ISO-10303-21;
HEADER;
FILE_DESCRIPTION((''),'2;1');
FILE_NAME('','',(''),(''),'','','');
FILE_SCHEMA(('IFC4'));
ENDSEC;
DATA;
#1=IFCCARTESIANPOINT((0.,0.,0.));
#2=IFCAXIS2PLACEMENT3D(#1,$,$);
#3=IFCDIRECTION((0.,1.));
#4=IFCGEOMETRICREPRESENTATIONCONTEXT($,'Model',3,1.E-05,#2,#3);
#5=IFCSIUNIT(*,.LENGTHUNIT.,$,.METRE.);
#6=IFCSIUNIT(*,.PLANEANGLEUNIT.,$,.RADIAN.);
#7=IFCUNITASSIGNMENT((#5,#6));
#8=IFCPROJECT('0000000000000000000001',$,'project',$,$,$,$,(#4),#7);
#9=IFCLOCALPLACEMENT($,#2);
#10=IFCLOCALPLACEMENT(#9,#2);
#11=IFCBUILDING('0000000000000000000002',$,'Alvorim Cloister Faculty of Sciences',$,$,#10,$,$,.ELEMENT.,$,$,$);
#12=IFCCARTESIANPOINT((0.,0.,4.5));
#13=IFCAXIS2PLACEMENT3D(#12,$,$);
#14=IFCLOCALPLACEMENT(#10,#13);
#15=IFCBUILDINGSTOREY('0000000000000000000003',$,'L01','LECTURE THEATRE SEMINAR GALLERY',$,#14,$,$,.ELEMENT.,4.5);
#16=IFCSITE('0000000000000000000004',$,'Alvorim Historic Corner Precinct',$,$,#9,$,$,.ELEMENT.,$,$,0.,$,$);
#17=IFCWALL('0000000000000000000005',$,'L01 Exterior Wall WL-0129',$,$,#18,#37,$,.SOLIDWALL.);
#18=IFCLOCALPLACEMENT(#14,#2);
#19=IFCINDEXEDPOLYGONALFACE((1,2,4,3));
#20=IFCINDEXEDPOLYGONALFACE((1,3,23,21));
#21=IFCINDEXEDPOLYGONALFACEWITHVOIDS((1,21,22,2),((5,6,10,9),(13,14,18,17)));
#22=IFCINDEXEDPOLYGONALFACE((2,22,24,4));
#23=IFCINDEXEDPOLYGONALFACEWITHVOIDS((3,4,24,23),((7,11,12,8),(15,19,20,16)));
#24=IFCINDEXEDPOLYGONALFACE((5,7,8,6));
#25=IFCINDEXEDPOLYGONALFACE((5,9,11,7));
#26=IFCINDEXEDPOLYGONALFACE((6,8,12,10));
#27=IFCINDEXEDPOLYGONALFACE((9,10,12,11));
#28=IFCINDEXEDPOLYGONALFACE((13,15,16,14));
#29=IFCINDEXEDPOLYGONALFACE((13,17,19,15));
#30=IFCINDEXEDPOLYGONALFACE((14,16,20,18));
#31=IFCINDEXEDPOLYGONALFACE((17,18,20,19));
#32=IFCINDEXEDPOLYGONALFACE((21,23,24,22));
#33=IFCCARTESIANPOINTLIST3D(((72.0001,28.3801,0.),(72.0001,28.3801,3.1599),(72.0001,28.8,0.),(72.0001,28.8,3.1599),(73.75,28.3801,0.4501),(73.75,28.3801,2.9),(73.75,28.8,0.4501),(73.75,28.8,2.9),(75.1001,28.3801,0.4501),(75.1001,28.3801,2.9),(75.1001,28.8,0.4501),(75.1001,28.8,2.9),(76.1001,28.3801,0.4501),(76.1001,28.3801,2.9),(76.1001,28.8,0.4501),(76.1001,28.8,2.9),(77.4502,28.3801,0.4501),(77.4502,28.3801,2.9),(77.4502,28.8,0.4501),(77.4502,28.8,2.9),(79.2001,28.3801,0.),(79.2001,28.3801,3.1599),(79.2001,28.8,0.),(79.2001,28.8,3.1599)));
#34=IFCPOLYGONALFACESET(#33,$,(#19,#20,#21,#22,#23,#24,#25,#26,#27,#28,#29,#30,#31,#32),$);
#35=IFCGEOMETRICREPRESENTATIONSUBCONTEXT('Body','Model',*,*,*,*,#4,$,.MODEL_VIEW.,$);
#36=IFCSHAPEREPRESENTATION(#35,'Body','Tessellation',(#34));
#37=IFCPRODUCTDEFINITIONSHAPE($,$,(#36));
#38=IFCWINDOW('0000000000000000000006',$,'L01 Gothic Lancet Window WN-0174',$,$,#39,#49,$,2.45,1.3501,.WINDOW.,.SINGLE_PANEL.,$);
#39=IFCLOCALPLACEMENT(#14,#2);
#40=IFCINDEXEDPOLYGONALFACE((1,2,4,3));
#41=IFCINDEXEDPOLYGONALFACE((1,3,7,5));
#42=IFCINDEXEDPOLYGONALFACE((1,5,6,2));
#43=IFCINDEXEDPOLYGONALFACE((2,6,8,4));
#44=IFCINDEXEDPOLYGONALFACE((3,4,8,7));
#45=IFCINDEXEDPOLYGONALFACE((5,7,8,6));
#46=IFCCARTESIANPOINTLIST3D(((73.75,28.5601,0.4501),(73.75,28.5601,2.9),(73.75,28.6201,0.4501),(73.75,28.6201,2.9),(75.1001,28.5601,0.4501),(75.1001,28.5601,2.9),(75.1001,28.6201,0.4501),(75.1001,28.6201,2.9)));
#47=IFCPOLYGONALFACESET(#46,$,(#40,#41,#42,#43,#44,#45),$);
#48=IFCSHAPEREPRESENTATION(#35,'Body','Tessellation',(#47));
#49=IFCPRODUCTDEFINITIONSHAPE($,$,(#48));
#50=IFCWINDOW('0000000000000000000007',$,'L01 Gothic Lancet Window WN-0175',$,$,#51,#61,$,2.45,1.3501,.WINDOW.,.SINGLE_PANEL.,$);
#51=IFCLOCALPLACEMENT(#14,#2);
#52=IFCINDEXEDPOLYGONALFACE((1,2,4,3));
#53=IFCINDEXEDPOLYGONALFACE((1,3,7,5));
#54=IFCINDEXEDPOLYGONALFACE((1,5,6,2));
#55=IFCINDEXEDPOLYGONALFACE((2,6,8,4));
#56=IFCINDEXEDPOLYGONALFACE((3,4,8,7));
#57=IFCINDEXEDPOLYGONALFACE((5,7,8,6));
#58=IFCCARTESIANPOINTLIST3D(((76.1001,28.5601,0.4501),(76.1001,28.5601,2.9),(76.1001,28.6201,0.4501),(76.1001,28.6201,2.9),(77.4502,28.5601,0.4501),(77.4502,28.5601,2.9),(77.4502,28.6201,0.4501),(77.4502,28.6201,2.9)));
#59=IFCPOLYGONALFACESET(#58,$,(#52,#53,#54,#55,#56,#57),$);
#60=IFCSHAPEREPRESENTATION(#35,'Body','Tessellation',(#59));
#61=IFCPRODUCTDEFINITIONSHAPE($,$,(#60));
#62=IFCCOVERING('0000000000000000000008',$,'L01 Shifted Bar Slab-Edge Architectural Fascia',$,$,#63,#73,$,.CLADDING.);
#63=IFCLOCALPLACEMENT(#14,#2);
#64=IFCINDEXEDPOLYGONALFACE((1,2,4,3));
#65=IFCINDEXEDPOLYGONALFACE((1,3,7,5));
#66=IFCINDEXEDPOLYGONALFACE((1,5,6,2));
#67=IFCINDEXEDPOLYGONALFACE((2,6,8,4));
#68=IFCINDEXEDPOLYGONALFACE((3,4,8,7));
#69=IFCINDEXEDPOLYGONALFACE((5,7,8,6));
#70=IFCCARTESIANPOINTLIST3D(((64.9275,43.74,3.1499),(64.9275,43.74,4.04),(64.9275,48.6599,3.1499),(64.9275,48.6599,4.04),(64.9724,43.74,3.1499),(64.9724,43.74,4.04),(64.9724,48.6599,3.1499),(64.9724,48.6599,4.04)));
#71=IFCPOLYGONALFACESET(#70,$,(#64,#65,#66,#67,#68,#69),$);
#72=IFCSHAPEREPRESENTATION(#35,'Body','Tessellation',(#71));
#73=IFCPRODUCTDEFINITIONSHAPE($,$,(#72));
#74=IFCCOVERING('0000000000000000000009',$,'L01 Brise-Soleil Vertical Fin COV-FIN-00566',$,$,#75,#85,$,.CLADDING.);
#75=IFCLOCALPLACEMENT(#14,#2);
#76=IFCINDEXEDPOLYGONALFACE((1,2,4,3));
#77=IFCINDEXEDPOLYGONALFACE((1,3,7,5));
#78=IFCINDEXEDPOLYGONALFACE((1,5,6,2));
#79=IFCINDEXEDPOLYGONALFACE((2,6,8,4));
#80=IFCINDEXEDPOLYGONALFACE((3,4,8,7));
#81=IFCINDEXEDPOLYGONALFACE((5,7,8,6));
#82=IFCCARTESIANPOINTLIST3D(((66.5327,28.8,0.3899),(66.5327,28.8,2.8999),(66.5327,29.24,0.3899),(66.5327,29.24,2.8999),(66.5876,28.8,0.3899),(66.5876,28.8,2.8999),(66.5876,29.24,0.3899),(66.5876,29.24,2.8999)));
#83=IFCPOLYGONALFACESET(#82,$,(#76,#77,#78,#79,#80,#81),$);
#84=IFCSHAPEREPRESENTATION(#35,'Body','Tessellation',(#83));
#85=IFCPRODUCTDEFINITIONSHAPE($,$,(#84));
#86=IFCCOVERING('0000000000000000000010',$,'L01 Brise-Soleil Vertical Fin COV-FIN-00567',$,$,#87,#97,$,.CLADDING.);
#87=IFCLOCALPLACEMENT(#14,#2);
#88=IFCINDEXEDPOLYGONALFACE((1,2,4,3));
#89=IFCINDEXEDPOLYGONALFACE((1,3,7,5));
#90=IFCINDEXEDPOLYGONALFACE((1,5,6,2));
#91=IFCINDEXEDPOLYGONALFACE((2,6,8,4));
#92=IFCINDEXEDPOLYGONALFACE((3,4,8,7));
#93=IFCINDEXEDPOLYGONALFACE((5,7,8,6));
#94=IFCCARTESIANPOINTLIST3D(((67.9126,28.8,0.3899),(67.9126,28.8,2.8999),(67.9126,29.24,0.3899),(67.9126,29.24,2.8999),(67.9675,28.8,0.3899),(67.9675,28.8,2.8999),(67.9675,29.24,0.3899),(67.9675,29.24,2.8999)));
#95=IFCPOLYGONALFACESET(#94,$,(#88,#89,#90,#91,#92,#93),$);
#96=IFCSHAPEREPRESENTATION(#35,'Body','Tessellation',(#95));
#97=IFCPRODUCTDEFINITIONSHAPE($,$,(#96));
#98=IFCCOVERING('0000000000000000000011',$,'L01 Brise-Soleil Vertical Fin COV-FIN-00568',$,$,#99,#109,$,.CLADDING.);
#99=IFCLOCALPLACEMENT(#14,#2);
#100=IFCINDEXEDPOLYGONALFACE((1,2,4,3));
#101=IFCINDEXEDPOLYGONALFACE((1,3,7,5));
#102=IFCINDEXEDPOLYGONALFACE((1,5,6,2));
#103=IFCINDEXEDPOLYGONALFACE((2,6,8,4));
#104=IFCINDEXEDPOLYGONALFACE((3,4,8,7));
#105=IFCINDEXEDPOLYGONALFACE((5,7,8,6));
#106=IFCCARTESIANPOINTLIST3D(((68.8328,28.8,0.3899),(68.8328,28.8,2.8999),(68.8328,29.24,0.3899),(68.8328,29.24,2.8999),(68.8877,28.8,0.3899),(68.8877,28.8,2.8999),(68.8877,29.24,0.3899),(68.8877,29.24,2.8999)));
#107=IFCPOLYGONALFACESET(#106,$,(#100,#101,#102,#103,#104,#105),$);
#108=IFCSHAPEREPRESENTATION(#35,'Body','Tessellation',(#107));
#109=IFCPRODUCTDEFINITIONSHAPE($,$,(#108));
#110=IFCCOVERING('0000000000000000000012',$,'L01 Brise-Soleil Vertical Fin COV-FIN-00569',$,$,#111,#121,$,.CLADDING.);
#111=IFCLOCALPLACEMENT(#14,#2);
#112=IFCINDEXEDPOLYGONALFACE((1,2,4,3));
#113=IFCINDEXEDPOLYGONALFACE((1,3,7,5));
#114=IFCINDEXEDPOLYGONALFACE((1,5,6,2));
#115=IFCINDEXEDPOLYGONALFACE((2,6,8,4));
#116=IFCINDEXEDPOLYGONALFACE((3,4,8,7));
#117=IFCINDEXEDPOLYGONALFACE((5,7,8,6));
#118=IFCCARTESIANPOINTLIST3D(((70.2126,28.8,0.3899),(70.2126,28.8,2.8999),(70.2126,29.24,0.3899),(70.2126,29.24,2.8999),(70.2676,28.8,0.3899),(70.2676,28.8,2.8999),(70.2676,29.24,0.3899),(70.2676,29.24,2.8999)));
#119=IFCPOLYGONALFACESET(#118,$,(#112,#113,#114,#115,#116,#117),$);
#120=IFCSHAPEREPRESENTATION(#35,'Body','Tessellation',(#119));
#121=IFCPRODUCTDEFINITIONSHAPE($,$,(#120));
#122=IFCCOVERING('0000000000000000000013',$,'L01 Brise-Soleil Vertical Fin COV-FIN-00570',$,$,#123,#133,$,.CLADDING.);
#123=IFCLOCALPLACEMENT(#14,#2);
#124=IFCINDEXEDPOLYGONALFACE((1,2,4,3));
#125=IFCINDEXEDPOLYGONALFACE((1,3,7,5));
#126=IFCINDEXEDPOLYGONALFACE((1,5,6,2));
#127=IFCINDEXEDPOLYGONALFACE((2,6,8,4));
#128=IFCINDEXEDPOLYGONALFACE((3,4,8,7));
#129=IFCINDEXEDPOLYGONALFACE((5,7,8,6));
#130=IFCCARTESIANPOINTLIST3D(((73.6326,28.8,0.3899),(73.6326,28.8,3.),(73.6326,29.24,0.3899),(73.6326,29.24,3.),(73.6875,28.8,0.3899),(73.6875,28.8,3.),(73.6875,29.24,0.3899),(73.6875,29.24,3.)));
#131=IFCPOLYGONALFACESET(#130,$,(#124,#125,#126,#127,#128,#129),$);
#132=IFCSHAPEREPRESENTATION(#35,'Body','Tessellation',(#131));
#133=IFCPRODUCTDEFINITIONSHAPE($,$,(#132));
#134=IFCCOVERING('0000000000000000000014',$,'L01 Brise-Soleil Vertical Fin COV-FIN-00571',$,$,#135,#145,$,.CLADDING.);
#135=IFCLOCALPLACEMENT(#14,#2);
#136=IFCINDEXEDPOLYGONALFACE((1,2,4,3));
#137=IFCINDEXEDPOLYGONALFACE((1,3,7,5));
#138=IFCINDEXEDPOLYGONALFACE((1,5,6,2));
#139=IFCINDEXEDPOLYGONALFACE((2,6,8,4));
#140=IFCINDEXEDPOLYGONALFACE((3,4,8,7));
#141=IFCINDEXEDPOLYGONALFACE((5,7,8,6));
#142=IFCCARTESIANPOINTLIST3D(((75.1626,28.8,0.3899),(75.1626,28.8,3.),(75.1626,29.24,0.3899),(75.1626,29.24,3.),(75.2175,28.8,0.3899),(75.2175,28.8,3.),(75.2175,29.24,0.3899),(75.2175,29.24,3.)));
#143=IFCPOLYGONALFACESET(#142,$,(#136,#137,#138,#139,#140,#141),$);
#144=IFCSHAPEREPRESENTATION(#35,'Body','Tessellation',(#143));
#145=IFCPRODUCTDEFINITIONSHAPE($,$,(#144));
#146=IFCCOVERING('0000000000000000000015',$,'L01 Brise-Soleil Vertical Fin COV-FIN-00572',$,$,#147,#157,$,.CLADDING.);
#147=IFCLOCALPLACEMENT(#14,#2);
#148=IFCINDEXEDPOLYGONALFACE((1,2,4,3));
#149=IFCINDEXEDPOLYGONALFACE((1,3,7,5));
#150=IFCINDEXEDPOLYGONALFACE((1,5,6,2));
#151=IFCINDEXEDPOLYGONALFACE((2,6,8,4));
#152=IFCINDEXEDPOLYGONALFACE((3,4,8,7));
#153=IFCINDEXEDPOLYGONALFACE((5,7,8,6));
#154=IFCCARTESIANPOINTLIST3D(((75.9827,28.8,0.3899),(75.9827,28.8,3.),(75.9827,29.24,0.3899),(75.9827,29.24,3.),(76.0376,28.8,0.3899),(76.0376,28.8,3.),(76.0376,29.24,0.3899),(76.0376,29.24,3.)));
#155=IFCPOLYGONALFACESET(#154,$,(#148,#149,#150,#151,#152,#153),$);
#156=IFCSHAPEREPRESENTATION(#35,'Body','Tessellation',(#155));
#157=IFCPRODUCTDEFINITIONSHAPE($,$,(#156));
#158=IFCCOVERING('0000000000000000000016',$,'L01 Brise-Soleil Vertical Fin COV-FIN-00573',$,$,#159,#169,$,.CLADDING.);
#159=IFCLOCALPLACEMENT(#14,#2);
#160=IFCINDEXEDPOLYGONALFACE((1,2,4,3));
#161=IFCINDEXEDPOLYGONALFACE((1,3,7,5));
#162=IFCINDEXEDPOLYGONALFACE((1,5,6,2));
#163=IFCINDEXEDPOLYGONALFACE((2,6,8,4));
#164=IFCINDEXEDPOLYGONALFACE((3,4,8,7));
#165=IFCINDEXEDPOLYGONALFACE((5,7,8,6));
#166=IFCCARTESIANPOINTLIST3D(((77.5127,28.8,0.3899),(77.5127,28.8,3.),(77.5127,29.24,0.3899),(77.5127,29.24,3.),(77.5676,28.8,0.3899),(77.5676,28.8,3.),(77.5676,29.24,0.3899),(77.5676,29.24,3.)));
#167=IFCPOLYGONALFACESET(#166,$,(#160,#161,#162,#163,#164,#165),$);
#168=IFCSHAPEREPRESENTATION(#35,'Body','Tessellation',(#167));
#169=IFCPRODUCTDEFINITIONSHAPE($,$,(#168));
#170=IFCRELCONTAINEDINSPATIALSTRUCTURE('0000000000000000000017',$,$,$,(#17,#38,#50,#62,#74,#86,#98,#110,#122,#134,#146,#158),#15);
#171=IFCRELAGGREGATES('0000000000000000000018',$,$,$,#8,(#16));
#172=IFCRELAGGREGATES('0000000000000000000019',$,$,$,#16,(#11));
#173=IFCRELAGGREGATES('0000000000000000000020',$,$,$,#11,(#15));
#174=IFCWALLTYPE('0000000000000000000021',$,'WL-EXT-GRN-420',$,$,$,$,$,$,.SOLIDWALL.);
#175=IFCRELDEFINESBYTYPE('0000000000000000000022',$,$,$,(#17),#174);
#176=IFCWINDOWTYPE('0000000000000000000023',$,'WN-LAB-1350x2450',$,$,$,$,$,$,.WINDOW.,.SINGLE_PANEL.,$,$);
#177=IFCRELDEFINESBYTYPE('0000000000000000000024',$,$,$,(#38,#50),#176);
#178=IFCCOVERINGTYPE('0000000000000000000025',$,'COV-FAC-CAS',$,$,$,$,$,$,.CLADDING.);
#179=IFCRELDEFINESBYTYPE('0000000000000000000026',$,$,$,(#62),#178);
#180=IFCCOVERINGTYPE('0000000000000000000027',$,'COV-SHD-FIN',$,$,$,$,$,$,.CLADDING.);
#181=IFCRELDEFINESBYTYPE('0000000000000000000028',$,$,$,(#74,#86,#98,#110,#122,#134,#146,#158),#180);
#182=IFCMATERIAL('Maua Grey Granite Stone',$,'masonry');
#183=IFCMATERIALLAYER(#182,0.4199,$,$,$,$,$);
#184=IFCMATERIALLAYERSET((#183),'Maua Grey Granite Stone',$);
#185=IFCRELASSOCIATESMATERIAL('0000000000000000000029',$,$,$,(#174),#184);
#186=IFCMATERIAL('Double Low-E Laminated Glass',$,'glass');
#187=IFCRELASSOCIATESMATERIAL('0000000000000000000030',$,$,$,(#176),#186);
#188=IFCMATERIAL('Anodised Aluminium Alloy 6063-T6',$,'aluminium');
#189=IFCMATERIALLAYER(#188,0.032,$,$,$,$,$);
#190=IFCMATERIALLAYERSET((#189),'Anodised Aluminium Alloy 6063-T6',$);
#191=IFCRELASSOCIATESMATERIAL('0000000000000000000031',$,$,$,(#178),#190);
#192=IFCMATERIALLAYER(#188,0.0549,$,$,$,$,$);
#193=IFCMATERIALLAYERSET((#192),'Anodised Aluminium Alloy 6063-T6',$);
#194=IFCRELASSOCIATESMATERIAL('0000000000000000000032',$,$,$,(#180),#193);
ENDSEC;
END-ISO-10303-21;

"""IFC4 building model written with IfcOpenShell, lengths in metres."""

from ifc_helpers import new_model, si_unit, direction, frame, frame_2d, origin, place, context, subcontext, project, spatial, polyline, rectangle, outline, extrude, material, layer, layer_set, type_object, element, fill, save


model = new_model("IFC4")

# Units and contexts
model_context = context("Model", 3, precision=1e-05, world=origin(), true_north=direction((0.0, 1.0)))
body_context = subcontext(model_context, "Body", "Model", "MODEL_VIEW")
ifc_project = project(units=[si_unit("LENGTHUNIT", "METRE"), si_unit("PLANEANGLEUNIT", "RADIAN")], contexts=[model_context])

# Site, building, storey
site_placement = place(None, origin())
site = spatial("IfcSite", under=ifc_project, at=site_placement, Name="Alvorim Historic Corner Precinct", CompositionType="ELEMENT", RefElevation=0.0)
building_placement = place(site_placement, origin())
building = spatial("IfcBuilding", under=site, at=building_placement, Name="Alvorim Cloister Faculty of Sciences", CompositionType="ELEMENT")
storey_placement = place(building_placement, frame((0.0, 0.0, 4.5)))
storey = spatial("IfcBuildingStorey", under=building, at=storey_placement, Name="L01", Description="LECTURE THEATRE SEMINAR GALLERY", CompositionType="ELEMENT", Elevation=4.5)

# Wall, openings, windows
ifc_material_1 = material(Name="Maua Grey Granite Stone", Category="masonry")
ifc_layer_1 = layer(ifc_material_1, 0.4199)
ifc_layer_set_1 = layer_set([ifc_layer_1], Name="Maua Grey Granite Stone")
wall_type = type_object("IfcWallType", Name="WL-EXT-GRN-420", PredefinedType="SOLIDWALL", material=ifc_layer_set_1)
wall_placement = place(storey_placement, frame((72.0, 28.5901, 0.0), z_axis=(0.0, 0.0, 1.0), x_axis=(1.0, 0.0, 0.0)))
wall = element("IfcWall", 1, at=wall_placement, inside=storey, type_object=wall_type, Name="L01 Exterior Wall WL-0129", PredefinedType="SOLIDWALL", context=body_context, shape_type="SweptSolid", body=[
    extrude(rectangle(XDim=7.2, YDim=0.4199, at=frame_2d((3.6001, 0.0))), origin(), (0.0, 0.0, 1.0), 3.1599),
])
opening_1_placement = place(wall_placement, frame((1.75, 0.0, 0.45)))
opening_1 = element("IfcOpeningElement", 2, at=opening_1_placement, cuts=wall, PredefinedType="OPENING", context=body_context, shape_type="SweptSolid", body=[
    extrude(rectangle(XDim=1.3501, YDim=2.45, at=frame_2d((0.675, 1.2251))), frame((0.0, 0.2219, 0.0), z_axis=(0.0, -1.0, 0.0), x_axis=(1.0, 0.0, 0.0)), (0.0, 0.0, 1.0), 0.4438),
])
opening_2_placement = place(wall_placement, frame((4.1001, 0.0, 0.45)))
opening_2 = element("IfcOpeningElement", 3, at=opening_2_placement, cuts=wall, PredefinedType="OPENING", context=body_context, shape_type="SweptSolid", body=[
    extrude(rectangle(XDim=1.3501, YDim=2.45, at=frame_2d((0.675, 1.2251))), frame((0.0, 0.2219, 0.0), z_axis=(0.0, -1.0, 0.0), x_axis=(1.0, 0.0, 0.0)), (0.0, 0.0, 1.0), 0.4438),
])
ifc_material_2 = material(Name="Double Low-E Laminated Glass", Category="glass")
window_type = type_object("IfcWindowType", Name="WN-LAB-1350x2450", PartitioningType="SINGLE_PANEL", PredefinedType="WINDOW", material=ifc_material_2)
window_1_placement = place(opening_1_placement, origin())
window_1 = element("IfcWindow", 4, at=window_1_placement, inside=storey, type_object=window_type, Name="L01 Gothic Lancet Window WN-0174", OverallHeight=2.45, OverallWidth=1.3501, PartitioningType="SINGLE_PANEL", PredefinedType="WINDOW", context=body_context, shape_type="SweptSolid", body=[
    extrude(rectangle(XDim=1.3501, YDim=2.45, at=frame_2d((0.675, 1.2251))), frame((0.0, 0.03, 0.0), z_axis=(0.0, -1.0, 0.0), x_axis=(1.0, 0.0, 0.0)), (0.0, 0.0, 1.0), 0.0601),
])
fill(opening_1, window_1)
window_2_placement = place(opening_2_placement, origin())
window_2 = element("IfcWindow", 5, at=window_2_placement, inside=storey, type_object=window_type, Name="L01 Gothic Lancet Window WN-0175", OverallHeight=2.45, OverallWidth=1.3501, PartitioningType="SINGLE_PANEL", PredefinedType="WINDOW", context=body_context, shape_type="SweptSolid", body=[
    extrude(rectangle(XDim=1.3501, YDim=2.45, at=frame_2d((0.675, 1.2251))), frame((0.0, 0.03, 0.0), z_axis=(0.0, -1.0, 0.0), x_axis=(1.0, 0.0, 0.0)), (0.0, 0.0, 1.0), 0.0601),
])
fill(opening_2, window_2)

# Coverings
ifc_material_3 = material(Name="Anodised Aluminium Alloy 6063-T6", Category="aluminium")
ifc_layer_2 = layer(ifc_material_3, 0.032)
ifc_layer_set_2 = layer_set([ifc_layer_2], Name="Anodised Aluminium Alloy 6063-T6")
covering_type_1 = type_object("IfcCoveringType", Name="COV-FAC-CAS", PredefinedType="CLADDING", material=ifc_layer_set_2)
covering_placement = place(storey_placement, frame((64.95, 43.74, 3.1499), z_axis=(0.0, 0.0, 1.0), x_axis=(0.0, 1.0, 0.0)))
element("IfcCovering", 6, at=covering_placement, inside=storey, type_object=covering_type_1, Name="L01 Shifted Bar Slab-Edge Architectural Fascia", PredefinedType="CLADDING", context=body_context, shape_type="SweptSolid", body=[
    extrude(outline(polyline([(0.0, 0.0), (4.9199, 0.0), (4.9199, 0.8901), (0.0, 0.8901), (0.0, 0.0)])), frame((0.0, 0.0225, 0.0), z_axis=(0.0, -1.0, 0.0), x_axis=(1.0, 0.0, 0.0)), (0.0, 0.0, 1.0), 0.0449),
])
ifc_layer_3 = layer(ifc_material_3, 0.0549)
ifc_layer_set_3 = layer_set([ifc_layer_3], Name="Anodised Aluminium Alloy 6063-T6")
covering_type_2 = type_object("IfcCoveringType", Name="COV-SHD-FIN", PredefinedType="CLADDING", material=ifc_layer_set_3)
for number, where, z_axis, x_axis, name in (
    (7, (66.5601, 28.8, 0.3899), (0.0, 0.0, 1.0), (0.0, 1.0, 0.0), "L01 Brise-Soleil Vertical Fin COV-FIN-00566"),
    (8, (67.9399, 28.8, 0.3899), (0.0, 0.0, 1.0), (0.0, 1.0, 0.0), "L01 Brise-Soleil Vertical Fin COV-FIN-00567"),
    (9, (68.8601, 28.8, 0.3899), (0.0, 0.0, 1.0), (0.0, 1.0, 0.0), "L01 Brise-Soleil Vertical Fin COV-FIN-00568"),
    (10, (70.24, 28.8, 0.3899), (0.0, 0.0, 1.0), (0.0, 1.0, 0.0), "L01 Brise-Soleil Vertical Fin COV-FIN-00569"),
):
    element("IfcCovering", number, at=place(storey_placement, frame(where, z_axis=z_axis, x_axis=x_axis)), inside=storey, type_object=covering_type_2, Name=name, PredefinedType="CLADDING", context=body_context, shape_type="SweptSolid", body=[
        extrude(outline(polyline([(0.0, 0.0), (0.4399, 0.0), (0.4399, 2.51), (0.0, 2.51), (0.0, 0.0)])), frame((0.0, 0.0273, 0.0), z_axis=(0.0, -1.0, 0.0), x_axis=(1.0, 0.0, 0.0)), (0.0, 0.0, 1.0), 0.0549),
    ])
for number, where, z_axis, x_axis, name in (
    (11, (73.6599, 28.8, 0.3899), (0.0, 0.0, 1.0), (0.0, 1.0, 0.0), "L01 Brise-Soleil Vertical Fin COV-FIN-00570"),
    (12, (75.1899, 28.8, 0.3899), (0.0, 0.0, 1.0), (0.0, 1.0, 0.0), "L01 Brise-Soleil Vertical Fin COV-FIN-00571"),
    (13, (76.01, 28.8, 0.3899), (0.0, 0.0, 1.0), (0.0, 1.0, 0.0), "L01 Brise-Soleil Vertical Fin COV-FIN-00572"),
    (14, (77.54, 28.8, 0.3899), (0.0, 0.0, 1.0), (0.0, 1.0, 0.0), "L01 Brise-Soleil Vertical Fin COV-FIN-00573"),
):
    element("IfcCovering", number, at=place(storey_placement, frame(where, z_axis=z_axis, x_axis=x_axis)), inside=storey, type_object=covering_type_2, Name=name, PredefinedType="CLADDING", context=body_context, shape_type="SweptSolid", body=[
        extrude(outline(polyline([(0.0, 0.0), (0.4399, 0.0), (0.4399, 2.6101), (0.0, 2.6101), (0.0, 0.0)])), frame((0.0, 0.0273, 0.0), z_axis=(0.0, -1.0, 0.0), x_axis=(1.0, 0.0, 0.0)), (0.0, 0.0, 1.0), 0.0549),
    ])

save(model, "model.ifc")
